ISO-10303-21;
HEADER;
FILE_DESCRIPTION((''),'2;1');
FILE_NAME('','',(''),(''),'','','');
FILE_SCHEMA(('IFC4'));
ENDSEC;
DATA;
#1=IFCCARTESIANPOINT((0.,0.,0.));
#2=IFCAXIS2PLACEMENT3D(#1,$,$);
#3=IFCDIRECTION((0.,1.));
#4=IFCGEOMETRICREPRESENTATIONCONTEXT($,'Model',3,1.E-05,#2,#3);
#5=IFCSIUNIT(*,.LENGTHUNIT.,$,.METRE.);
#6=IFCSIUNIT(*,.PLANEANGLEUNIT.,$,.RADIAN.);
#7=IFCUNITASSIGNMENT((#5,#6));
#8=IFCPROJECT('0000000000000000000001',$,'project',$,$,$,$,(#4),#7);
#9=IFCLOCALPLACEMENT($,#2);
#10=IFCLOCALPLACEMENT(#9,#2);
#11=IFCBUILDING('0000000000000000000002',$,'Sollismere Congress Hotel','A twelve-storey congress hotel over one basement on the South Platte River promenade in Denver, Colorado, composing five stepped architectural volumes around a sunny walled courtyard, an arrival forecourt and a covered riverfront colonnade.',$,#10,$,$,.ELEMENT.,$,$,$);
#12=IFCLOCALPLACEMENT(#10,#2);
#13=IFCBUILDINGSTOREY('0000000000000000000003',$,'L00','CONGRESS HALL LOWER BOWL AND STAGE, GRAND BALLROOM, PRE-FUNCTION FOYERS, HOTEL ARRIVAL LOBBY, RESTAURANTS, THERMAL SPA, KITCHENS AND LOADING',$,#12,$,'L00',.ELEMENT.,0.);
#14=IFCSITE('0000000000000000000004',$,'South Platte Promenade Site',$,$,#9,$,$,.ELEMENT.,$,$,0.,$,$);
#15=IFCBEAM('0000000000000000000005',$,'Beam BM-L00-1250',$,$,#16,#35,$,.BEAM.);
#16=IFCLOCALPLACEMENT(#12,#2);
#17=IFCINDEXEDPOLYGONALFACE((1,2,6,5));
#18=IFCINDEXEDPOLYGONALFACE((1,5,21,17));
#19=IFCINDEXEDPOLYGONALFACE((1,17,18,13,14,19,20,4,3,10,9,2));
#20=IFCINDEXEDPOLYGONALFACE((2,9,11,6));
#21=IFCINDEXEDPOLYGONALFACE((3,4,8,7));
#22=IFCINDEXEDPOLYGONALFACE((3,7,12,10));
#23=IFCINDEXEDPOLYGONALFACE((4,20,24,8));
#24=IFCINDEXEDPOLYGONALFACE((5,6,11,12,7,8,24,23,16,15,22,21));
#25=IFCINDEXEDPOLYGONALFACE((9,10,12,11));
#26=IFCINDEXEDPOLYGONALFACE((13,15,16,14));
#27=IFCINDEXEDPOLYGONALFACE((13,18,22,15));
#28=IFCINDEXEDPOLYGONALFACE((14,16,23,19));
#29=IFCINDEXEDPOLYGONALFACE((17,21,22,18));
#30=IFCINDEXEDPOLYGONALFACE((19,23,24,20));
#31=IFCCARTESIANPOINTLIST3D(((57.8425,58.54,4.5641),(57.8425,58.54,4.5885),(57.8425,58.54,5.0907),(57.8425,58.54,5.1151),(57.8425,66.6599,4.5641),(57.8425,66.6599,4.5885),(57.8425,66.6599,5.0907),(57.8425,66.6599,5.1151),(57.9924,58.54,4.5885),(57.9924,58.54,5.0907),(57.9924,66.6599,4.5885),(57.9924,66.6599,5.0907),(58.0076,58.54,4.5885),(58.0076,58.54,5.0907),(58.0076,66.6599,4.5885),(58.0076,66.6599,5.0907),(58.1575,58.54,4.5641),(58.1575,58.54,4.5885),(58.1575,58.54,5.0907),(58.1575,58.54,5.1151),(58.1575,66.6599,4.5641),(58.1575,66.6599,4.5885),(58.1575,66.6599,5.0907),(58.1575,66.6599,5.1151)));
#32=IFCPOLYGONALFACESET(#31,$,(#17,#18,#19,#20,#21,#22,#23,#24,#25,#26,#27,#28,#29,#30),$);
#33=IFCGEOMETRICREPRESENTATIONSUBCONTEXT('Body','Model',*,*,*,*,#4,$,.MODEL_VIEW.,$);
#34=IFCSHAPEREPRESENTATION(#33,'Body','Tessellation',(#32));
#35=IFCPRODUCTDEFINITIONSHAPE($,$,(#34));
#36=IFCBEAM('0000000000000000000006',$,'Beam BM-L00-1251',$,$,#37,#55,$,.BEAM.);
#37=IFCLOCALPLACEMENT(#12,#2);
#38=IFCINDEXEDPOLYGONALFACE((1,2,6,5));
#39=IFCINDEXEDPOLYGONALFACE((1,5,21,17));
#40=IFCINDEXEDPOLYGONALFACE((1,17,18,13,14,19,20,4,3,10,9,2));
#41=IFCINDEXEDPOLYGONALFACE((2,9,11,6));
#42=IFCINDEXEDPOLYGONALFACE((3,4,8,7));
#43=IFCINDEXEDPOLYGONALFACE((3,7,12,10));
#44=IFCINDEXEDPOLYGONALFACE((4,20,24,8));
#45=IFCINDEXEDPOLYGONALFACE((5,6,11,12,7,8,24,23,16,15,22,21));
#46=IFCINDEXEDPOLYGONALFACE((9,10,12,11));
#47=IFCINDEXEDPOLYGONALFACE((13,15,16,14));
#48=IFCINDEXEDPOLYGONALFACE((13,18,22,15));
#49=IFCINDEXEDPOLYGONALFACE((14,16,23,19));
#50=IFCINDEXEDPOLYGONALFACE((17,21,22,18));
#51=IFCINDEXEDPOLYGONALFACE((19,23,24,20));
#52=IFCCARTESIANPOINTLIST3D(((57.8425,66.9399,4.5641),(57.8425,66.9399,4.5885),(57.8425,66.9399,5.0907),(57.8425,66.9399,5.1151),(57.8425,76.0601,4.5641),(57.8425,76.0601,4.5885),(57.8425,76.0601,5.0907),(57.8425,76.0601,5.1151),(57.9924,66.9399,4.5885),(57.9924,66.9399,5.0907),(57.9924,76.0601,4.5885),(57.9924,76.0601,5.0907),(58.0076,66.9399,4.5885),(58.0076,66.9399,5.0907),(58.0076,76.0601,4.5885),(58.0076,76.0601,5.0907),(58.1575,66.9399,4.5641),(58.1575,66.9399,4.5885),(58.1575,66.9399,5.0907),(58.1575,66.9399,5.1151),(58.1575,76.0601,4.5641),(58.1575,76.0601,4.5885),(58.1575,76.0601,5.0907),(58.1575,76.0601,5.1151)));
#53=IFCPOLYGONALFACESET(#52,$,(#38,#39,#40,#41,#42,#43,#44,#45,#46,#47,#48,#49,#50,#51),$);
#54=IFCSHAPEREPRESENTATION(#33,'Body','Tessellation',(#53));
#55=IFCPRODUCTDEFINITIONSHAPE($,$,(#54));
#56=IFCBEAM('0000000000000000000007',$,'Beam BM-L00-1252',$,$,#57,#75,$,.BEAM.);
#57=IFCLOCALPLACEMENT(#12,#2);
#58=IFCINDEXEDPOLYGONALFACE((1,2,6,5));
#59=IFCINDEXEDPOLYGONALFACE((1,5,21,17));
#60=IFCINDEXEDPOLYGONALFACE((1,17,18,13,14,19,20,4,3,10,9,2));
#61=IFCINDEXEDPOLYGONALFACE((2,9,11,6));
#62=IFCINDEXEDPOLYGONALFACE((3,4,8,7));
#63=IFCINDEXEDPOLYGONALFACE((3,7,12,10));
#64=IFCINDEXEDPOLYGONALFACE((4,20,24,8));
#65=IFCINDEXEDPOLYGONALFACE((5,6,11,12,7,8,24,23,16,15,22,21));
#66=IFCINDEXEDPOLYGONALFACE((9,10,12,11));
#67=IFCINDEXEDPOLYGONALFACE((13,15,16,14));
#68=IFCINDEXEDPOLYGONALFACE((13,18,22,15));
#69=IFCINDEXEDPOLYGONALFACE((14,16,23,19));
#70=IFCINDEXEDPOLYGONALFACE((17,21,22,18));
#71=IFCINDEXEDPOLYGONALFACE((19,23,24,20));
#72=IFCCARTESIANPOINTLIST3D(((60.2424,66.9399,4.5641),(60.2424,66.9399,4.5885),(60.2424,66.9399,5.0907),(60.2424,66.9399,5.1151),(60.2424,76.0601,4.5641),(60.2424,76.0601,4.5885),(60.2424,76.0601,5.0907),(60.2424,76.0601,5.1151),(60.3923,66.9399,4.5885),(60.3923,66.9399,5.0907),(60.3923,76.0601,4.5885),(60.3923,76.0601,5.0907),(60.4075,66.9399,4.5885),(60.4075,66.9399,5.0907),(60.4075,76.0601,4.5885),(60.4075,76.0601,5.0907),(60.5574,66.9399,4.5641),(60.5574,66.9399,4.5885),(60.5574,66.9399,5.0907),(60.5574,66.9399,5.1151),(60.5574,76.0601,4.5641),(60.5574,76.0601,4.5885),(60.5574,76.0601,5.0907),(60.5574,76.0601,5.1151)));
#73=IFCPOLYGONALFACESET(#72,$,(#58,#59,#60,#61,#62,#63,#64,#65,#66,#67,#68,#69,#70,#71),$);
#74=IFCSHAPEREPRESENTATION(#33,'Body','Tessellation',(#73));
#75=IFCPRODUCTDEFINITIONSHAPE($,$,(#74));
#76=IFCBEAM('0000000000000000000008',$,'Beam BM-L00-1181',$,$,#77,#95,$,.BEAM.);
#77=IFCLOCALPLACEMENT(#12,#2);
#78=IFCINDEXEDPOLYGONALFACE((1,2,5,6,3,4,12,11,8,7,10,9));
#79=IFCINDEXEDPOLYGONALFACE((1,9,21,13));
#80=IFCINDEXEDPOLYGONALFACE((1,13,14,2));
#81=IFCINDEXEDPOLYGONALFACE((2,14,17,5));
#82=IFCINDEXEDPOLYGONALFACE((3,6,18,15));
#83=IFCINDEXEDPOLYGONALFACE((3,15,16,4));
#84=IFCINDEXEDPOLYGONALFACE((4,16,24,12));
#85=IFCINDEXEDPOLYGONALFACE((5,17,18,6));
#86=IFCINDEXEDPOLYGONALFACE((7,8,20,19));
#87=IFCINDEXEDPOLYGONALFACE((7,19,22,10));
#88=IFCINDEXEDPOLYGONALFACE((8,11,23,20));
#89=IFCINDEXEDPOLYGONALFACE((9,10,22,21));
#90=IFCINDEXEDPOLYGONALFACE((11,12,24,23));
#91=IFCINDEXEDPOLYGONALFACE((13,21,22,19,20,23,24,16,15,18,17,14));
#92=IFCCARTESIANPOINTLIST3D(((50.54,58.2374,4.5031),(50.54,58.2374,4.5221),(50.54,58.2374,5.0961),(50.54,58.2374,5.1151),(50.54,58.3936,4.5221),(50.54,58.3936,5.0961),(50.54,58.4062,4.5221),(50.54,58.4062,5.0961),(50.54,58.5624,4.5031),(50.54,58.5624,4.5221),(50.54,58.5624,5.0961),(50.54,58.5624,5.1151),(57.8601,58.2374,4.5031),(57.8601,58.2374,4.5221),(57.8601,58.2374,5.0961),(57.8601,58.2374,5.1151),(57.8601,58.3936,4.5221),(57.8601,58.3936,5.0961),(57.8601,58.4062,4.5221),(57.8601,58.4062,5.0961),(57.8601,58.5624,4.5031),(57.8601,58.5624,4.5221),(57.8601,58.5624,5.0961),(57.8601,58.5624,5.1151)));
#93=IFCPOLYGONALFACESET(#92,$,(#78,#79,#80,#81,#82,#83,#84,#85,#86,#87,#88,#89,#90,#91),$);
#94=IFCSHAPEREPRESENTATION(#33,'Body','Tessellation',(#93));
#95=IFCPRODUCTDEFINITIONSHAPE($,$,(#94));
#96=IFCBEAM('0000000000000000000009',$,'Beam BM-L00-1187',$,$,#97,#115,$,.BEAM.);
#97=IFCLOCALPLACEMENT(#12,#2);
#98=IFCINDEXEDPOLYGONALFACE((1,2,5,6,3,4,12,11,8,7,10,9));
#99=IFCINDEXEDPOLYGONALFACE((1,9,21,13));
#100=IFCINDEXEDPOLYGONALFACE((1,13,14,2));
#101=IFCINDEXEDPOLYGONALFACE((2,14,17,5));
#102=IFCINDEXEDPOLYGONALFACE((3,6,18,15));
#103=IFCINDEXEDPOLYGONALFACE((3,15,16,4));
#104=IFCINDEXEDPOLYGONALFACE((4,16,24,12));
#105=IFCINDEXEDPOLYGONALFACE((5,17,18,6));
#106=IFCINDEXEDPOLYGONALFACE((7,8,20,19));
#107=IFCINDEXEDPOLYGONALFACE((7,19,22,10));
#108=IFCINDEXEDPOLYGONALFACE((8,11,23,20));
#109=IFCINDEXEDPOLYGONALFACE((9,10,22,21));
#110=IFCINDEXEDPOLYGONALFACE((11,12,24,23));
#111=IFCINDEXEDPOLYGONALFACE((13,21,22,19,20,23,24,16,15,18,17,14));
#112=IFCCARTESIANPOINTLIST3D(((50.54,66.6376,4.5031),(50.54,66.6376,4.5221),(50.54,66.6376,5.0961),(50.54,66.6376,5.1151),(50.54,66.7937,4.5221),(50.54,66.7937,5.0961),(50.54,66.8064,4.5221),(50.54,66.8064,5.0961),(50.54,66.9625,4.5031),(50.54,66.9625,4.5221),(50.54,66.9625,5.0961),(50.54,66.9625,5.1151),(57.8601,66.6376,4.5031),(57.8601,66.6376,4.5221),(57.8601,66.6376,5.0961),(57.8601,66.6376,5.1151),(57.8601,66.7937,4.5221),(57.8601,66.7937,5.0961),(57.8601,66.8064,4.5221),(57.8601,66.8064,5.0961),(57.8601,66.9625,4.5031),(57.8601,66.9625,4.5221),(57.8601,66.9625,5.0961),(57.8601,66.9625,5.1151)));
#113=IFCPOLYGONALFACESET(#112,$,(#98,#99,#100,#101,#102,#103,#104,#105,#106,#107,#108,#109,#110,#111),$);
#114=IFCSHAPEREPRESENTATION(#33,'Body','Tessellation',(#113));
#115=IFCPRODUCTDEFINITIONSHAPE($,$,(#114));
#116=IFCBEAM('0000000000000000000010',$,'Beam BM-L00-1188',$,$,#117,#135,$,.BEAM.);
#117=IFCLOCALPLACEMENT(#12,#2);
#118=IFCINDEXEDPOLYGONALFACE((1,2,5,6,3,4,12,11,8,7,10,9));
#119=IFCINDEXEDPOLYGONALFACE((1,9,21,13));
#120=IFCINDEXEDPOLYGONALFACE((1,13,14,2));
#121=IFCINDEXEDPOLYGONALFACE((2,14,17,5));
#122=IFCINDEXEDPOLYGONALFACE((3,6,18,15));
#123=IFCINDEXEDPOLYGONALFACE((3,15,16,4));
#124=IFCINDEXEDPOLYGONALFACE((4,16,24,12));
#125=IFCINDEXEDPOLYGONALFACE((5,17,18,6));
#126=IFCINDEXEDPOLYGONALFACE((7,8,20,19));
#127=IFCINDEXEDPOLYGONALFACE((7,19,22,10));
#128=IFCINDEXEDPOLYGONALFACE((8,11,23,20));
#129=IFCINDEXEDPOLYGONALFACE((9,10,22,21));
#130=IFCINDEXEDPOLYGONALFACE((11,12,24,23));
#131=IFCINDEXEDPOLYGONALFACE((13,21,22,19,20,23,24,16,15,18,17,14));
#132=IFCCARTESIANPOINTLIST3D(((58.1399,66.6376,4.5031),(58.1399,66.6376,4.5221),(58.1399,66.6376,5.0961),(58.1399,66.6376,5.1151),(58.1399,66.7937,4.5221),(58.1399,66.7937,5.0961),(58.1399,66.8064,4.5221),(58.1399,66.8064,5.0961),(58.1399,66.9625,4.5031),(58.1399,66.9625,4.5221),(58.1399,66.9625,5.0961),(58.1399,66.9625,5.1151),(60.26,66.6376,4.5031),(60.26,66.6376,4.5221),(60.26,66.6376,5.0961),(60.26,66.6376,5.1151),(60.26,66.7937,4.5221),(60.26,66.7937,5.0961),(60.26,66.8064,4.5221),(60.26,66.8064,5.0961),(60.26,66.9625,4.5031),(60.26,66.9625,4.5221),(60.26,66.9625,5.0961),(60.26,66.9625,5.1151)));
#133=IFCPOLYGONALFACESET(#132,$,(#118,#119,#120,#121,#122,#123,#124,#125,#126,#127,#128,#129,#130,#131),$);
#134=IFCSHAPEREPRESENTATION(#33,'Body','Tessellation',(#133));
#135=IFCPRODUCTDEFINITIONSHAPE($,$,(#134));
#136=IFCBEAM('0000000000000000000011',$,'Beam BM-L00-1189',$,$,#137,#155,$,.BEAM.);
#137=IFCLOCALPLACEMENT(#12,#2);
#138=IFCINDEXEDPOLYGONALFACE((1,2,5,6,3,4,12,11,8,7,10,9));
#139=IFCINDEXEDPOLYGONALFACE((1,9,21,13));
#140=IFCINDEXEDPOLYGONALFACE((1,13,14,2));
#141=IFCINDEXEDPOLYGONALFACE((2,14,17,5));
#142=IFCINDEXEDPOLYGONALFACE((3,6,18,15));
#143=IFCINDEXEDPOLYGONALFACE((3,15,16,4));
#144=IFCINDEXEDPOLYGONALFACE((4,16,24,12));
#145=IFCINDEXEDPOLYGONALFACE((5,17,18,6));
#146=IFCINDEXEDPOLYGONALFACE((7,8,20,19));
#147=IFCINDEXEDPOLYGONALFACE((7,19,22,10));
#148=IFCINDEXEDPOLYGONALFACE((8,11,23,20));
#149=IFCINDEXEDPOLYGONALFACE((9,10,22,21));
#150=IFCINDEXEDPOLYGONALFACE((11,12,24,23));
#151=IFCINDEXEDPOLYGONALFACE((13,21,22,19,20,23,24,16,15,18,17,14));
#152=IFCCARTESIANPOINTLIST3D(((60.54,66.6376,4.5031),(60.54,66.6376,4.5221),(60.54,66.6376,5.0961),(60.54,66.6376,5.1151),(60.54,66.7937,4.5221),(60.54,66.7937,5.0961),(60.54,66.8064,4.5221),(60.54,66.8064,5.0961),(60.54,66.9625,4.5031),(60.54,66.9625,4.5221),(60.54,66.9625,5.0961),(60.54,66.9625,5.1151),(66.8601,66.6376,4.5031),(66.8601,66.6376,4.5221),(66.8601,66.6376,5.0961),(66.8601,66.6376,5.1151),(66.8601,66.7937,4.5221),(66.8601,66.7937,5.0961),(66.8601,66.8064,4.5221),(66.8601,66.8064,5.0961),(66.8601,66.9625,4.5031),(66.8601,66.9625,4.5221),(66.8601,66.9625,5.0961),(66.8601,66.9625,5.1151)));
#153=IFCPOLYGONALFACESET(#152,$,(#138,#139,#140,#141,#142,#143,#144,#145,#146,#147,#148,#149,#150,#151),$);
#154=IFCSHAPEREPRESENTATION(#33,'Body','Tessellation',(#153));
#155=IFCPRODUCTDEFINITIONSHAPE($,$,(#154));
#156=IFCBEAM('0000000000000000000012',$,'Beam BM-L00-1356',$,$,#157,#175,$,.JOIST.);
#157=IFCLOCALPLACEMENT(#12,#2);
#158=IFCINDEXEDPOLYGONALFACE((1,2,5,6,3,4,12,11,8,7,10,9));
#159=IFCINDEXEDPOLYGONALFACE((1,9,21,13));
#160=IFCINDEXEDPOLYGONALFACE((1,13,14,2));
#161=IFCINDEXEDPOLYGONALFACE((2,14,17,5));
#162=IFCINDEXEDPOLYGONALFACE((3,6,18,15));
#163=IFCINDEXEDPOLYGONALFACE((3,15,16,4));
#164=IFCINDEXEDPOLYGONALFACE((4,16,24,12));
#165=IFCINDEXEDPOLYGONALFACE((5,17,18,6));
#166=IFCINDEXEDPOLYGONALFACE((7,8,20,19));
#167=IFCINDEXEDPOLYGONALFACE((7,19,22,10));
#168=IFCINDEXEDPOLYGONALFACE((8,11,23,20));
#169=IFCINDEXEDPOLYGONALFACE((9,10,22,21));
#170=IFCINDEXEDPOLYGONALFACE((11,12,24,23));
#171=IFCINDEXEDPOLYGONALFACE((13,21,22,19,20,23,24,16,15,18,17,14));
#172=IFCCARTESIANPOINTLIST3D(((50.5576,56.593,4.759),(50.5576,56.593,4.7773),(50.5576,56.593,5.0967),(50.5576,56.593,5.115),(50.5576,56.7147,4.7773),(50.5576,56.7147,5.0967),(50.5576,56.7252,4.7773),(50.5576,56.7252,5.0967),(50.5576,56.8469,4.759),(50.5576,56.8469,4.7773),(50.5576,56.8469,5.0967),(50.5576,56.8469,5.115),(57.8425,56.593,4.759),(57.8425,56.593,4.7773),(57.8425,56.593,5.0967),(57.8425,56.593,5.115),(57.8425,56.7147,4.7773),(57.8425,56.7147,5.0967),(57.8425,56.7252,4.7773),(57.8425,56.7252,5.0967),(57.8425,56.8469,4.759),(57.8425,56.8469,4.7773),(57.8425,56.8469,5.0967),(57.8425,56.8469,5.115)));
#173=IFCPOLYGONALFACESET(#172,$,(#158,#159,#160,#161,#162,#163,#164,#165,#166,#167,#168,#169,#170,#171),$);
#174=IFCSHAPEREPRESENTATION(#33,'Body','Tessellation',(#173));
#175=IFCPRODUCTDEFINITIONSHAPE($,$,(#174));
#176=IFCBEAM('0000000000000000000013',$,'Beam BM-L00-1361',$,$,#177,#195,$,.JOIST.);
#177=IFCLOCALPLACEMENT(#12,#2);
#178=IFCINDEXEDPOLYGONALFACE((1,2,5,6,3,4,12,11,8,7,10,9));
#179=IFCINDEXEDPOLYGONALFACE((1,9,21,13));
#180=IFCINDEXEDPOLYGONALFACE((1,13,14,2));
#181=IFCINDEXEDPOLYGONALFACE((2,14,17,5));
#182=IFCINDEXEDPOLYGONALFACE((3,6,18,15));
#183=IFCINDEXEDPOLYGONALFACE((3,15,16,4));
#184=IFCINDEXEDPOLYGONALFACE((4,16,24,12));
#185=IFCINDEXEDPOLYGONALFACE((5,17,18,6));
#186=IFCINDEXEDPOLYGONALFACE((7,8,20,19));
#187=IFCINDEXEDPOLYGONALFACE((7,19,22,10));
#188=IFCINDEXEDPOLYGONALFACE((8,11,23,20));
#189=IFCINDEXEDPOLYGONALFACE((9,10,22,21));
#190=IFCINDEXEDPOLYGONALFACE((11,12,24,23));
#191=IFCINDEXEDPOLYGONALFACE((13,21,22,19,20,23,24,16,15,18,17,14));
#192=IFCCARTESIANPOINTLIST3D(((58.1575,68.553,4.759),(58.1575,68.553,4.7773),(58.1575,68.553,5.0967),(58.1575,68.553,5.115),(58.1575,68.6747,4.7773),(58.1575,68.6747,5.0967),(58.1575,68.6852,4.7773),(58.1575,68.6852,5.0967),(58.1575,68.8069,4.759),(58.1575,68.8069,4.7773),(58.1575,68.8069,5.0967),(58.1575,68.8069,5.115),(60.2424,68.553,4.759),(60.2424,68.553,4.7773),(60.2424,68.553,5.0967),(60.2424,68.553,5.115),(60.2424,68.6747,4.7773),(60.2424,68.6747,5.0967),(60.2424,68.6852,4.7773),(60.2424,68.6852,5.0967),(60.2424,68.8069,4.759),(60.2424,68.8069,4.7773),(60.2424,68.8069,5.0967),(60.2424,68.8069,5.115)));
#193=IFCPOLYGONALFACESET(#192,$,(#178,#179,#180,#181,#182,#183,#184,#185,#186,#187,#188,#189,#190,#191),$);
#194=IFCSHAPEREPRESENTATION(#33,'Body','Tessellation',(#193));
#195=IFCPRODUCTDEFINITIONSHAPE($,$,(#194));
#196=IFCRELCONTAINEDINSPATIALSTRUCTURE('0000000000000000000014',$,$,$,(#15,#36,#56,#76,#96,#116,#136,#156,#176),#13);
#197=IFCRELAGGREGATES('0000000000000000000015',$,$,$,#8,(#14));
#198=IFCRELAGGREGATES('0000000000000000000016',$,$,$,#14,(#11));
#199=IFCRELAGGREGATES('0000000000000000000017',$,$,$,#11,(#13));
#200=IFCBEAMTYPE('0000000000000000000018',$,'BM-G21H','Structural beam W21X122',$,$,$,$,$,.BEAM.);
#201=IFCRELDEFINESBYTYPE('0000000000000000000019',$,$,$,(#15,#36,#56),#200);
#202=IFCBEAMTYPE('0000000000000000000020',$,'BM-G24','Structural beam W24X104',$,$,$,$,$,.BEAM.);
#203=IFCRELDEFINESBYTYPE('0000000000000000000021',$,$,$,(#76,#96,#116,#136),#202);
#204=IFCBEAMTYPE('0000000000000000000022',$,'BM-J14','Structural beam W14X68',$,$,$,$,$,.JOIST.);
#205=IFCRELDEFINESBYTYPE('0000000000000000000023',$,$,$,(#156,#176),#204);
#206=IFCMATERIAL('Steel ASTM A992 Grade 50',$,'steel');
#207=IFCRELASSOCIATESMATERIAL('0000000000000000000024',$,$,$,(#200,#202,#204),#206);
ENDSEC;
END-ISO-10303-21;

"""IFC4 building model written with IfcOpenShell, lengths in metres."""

from ifc_helpers import new_model, si_unit, direction, frame, origin, origin_2d, place, context, subcontext, project, spatial, i_section, extrude, material, material_profile, profile_set, type_object, element, save


model = new_model("IFC4")

# Units and contexts
model_context = context("Model", 3, precision=1e-05, world=origin(), true_north=direction((0.0, 1.0)))
body_context = subcontext(model_context, "Body", "Model", "MODEL_VIEW")
ifc_project = project(units=[si_unit("LENGTHUNIT", "METRE"), si_unit("PLANEANGLEUNIT", "RADIAN")], contexts=[model_context])

# Site, building, storey
site_placement = place(None, origin())
site = spatial("IfcSite", under=ifc_project, at=site_placement, Name="South Platte Promenade Site", CompositionType="ELEMENT", RefElevation=0.0)
building_placement = place(site_placement, origin())
building = spatial("IfcBuilding", under=site, at=building_placement, Name="Sollismere Congress Hotel", Description="A twelve-storey congress hotel over one basement on the South Platte River promenade in Denver, Colorado, composing five stepped architectural volumes around a sunny walled courtyard, an arrival forecourt and a covered riverfront colonnade.", CompositionType="ELEMENT")
storey_placement = place(building_placement, origin())
storey = spatial("IfcBuildingStorey", under=building, at=storey_placement, Name="L00", Description="CONGRESS HALL LOWER BOWL AND STAGE, GRAND BALLROOM, PRE-FUNCTION FOYERS, HOTEL ARRIVAL LOBBY, RESTAURANTS, THERMAL SPA, KITCHENS AND LOADING", LongName="L00", CompositionType="ELEMENT", Elevation=0.0)

# Shared definitions
ifc_material_1 = material(Name="Steel ASTM A992 Grade 50", Category="steel")

# Beams
ifc_material_profile_1 = material_profile(ifc_material_1, i_section(OverallWidth=0.3149, OverallDepth=0.551, WebThickness=0.0151, FlangeThickness=0.0244, at=origin_2d()), Name="W21X122")
ifc_profile_set_1 = profile_set([ifc_material_profile_1], Name="Steel ASTM A992 Grade 50")
beam_type_1 = type_object("IfcBeamType", Name="BM-G21H", Description="Structural beam W21X122", PredefinedType="BEAM", material=ifc_profile_set_1)
beam_1_placement = place(storey_placement, frame((58.0, 58.54, 4.8396), z_axis=(0.0, 1.0, 0.0), x_axis=(-1.0, 0.0, 0.0)))
element("IfcBeam", 1, at=beam_1_placement, inside=storey, type_object=beam_type_1, Name="Beam BM-L00-1250", PredefinedType="BEAM", context=body_context, shape_type="SweptSolid", body=[
    extrude(i_section(OverallWidth=0.3149, OverallDepth=0.551, WebThickness=0.0151, FlangeThickness=0.0244, at=origin_2d()), origin(), (0.0, 0.0, 1.0), 8.1199),
])
for number, where, z_axis, x_axis, name in (
    (2, (58.0, 66.9399, 4.8396), (0.0, 1.0, 0.0), (-1.0, 0.0, 0.0), "Beam BM-L00-1251"),
    (3, (60.3999, 66.9399, 4.8396), (0.0, 1.0, 0.0), (-1.0, 0.0, 0.0), "Beam BM-L00-1252"),
):
    element("IfcBeam", number, at=place(storey_placement, frame(where, z_axis=z_axis, x_axis=x_axis)), inside=storey, type_object=beam_type_1, Name=name, PredefinedType="BEAM", context=body_context, shape_type="SweptSolid", body=[
        extrude(i_section(OverallWidth=0.3149, OverallDepth=0.551, WebThickness=0.0151, FlangeThickness=0.0244, at=origin_2d()), origin(), (0.0, 0.0, 1.0), 9.1201),
    ])
ifc_material_profile_2 = material_profile(ifc_material_1, i_section(OverallWidth=0.325, OverallDepth=0.6121, WebThickness=0.0127, FlangeThickness=0.019, at=origin_2d()), Name="W24X104")
ifc_profile_set_2 = profile_set([ifc_material_profile_2], Name="Steel ASTM A992 Grade 50")
beam_type_2 = type_object("IfcBeamType", Name="BM-G24", Description="Structural beam W24X104", PredefinedType="BEAM", material=ifc_profile_set_2)
for number, where, z_axis, x_axis, name in (
    (4, (50.54, 58.3999, 4.8091), (1.0, 0.0, 0.0), (0.0, 1.0, 0.0), "Beam BM-L00-1181"),
    (5, (50.54, 66.8, 4.8091), (1.0, 0.0, 0.0), (0.0, 1.0, 0.0), "Beam BM-L00-1187"),
):
    element("IfcBeam", number, at=place(storey_placement, frame(where, z_axis=z_axis, x_axis=x_axis)), inside=storey, type_object=beam_type_2, Name=name, PredefinedType="BEAM", context=body_context, shape_type="SweptSolid", body=[
        extrude(i_section(OverallWidth=0.325, OverallDepth=0.6121, WebThickness=0.0127, FlangeThickness=0.019, at=origin_2d()), origin(), (0.0, 0.0, 1.0), 7.3201),
    ])
beam_2_placement = place(storey_placement, frame((58.1399, 66.8, 4.8091), z_axis=(1.0, 0.0, 0.0), x_axis=(0.0, 1.0, 0.0)))
element("IfcBeam", 6, at=beam_2_placement, inside=storey, type_object=beam_type_2, Name="Beam BM-L00-1188", PredefinedType="BEAM", context=body_context, shape_type="SweptSolid", body=[
    extrude(i_section(OverallWidth=0.325, OverallDepth=0.6121, WebThickness=0.0127, FlangeThickness=0.019, at=origin_2d()), origin(), (0.0, 0.0, 1.0), 2.1201),
])
beam_3_placement = place(storey_placement, frame((60.54, 66.8, 4.8091), z_axis=(1.0, 0.0, 0.0), x_axis=(0.0, 1.0, 0.0)))
element("IfcBeam", 7, at=beam_3_placement, inside=storey, type_object=beam_type_2, Name="Beam BM-L00-1189", PredefinedType="BEAM", context=body_context, shape_type="SweptSolid", body=[
    extrude(i_section(OverallWidth=0.325, OverallDepth=0.6121, WebThickness=0.0127, FlangeThickness=0.019, at=origin_2d()), origin(), (0.0, 0.0, 1.0), 6.3201),
])
ifc_material_profile_3 = material_profile(ifc_material_1, i_section(OverallWidth=0.2539, OverallDepth=0.356, WebThickness=0.0105, FlangeThickness=0.0183, at=origin_2d()), Name="W14X68")
ifc_profile_set_3 = profile_set([ifc_material_profile_3], Name="Steel ASTM A992 Grade 50")
beam_type_3 = type_object("IfcBeamType", Name="BM-J14", Description="Structural beam W14X68", PredefinedType="JOIST", material=ifc_profile_set_3)
beam_4_placement = place(storey_placement, frame((50.5576, 56.72, 4.937), z_axis=(1.0, 0.0, 0.0), x_axis=(0.0, 1.0, 0.0)))
element("IfcBeam", 8, at=beam_4_placement, inside=storey, type_object=beam_type_3, Name="Beam BM-L00-1356", PredefinedType="JOIST", context=body_context, shape_type="SweptSolid", body=[
    extrude(i_section(OverallWidth=0.2539, OverallDepth=0.356, WebThickness=0.0105, FlangeThickness=0.0183, at=origin_2d()), origin(), (0.0, 0.0, 1.0), 7.2849),
])
for number, where, z_axis, x_axis, name in (
    (9, (58.1575, 68.6799, 4.937), (1.0, 0.0, 0.0), (0.0, 1.0, 0.0), "Beam BM-L00-1361"),
):
    element("IfcBeam", number, at=place(storey_placement, frame(where, z_axis=z_axis, x_axis=x_axis)), inside=storey, type_object=beam_type_3, Name=name, PredefinedType="JOIST", context=body_context, shape_type="SweptSolid", body=[
        extrude(i_section(OverallWidth=0.2539, OverallDepth=0.356, WebThickness=0.0105, FlangeThickness=0.0183, at=origin_2d()), origin(), (0.0, 0.0, 1.0), 2.085),
    ])

save(model, "model.ifc")
